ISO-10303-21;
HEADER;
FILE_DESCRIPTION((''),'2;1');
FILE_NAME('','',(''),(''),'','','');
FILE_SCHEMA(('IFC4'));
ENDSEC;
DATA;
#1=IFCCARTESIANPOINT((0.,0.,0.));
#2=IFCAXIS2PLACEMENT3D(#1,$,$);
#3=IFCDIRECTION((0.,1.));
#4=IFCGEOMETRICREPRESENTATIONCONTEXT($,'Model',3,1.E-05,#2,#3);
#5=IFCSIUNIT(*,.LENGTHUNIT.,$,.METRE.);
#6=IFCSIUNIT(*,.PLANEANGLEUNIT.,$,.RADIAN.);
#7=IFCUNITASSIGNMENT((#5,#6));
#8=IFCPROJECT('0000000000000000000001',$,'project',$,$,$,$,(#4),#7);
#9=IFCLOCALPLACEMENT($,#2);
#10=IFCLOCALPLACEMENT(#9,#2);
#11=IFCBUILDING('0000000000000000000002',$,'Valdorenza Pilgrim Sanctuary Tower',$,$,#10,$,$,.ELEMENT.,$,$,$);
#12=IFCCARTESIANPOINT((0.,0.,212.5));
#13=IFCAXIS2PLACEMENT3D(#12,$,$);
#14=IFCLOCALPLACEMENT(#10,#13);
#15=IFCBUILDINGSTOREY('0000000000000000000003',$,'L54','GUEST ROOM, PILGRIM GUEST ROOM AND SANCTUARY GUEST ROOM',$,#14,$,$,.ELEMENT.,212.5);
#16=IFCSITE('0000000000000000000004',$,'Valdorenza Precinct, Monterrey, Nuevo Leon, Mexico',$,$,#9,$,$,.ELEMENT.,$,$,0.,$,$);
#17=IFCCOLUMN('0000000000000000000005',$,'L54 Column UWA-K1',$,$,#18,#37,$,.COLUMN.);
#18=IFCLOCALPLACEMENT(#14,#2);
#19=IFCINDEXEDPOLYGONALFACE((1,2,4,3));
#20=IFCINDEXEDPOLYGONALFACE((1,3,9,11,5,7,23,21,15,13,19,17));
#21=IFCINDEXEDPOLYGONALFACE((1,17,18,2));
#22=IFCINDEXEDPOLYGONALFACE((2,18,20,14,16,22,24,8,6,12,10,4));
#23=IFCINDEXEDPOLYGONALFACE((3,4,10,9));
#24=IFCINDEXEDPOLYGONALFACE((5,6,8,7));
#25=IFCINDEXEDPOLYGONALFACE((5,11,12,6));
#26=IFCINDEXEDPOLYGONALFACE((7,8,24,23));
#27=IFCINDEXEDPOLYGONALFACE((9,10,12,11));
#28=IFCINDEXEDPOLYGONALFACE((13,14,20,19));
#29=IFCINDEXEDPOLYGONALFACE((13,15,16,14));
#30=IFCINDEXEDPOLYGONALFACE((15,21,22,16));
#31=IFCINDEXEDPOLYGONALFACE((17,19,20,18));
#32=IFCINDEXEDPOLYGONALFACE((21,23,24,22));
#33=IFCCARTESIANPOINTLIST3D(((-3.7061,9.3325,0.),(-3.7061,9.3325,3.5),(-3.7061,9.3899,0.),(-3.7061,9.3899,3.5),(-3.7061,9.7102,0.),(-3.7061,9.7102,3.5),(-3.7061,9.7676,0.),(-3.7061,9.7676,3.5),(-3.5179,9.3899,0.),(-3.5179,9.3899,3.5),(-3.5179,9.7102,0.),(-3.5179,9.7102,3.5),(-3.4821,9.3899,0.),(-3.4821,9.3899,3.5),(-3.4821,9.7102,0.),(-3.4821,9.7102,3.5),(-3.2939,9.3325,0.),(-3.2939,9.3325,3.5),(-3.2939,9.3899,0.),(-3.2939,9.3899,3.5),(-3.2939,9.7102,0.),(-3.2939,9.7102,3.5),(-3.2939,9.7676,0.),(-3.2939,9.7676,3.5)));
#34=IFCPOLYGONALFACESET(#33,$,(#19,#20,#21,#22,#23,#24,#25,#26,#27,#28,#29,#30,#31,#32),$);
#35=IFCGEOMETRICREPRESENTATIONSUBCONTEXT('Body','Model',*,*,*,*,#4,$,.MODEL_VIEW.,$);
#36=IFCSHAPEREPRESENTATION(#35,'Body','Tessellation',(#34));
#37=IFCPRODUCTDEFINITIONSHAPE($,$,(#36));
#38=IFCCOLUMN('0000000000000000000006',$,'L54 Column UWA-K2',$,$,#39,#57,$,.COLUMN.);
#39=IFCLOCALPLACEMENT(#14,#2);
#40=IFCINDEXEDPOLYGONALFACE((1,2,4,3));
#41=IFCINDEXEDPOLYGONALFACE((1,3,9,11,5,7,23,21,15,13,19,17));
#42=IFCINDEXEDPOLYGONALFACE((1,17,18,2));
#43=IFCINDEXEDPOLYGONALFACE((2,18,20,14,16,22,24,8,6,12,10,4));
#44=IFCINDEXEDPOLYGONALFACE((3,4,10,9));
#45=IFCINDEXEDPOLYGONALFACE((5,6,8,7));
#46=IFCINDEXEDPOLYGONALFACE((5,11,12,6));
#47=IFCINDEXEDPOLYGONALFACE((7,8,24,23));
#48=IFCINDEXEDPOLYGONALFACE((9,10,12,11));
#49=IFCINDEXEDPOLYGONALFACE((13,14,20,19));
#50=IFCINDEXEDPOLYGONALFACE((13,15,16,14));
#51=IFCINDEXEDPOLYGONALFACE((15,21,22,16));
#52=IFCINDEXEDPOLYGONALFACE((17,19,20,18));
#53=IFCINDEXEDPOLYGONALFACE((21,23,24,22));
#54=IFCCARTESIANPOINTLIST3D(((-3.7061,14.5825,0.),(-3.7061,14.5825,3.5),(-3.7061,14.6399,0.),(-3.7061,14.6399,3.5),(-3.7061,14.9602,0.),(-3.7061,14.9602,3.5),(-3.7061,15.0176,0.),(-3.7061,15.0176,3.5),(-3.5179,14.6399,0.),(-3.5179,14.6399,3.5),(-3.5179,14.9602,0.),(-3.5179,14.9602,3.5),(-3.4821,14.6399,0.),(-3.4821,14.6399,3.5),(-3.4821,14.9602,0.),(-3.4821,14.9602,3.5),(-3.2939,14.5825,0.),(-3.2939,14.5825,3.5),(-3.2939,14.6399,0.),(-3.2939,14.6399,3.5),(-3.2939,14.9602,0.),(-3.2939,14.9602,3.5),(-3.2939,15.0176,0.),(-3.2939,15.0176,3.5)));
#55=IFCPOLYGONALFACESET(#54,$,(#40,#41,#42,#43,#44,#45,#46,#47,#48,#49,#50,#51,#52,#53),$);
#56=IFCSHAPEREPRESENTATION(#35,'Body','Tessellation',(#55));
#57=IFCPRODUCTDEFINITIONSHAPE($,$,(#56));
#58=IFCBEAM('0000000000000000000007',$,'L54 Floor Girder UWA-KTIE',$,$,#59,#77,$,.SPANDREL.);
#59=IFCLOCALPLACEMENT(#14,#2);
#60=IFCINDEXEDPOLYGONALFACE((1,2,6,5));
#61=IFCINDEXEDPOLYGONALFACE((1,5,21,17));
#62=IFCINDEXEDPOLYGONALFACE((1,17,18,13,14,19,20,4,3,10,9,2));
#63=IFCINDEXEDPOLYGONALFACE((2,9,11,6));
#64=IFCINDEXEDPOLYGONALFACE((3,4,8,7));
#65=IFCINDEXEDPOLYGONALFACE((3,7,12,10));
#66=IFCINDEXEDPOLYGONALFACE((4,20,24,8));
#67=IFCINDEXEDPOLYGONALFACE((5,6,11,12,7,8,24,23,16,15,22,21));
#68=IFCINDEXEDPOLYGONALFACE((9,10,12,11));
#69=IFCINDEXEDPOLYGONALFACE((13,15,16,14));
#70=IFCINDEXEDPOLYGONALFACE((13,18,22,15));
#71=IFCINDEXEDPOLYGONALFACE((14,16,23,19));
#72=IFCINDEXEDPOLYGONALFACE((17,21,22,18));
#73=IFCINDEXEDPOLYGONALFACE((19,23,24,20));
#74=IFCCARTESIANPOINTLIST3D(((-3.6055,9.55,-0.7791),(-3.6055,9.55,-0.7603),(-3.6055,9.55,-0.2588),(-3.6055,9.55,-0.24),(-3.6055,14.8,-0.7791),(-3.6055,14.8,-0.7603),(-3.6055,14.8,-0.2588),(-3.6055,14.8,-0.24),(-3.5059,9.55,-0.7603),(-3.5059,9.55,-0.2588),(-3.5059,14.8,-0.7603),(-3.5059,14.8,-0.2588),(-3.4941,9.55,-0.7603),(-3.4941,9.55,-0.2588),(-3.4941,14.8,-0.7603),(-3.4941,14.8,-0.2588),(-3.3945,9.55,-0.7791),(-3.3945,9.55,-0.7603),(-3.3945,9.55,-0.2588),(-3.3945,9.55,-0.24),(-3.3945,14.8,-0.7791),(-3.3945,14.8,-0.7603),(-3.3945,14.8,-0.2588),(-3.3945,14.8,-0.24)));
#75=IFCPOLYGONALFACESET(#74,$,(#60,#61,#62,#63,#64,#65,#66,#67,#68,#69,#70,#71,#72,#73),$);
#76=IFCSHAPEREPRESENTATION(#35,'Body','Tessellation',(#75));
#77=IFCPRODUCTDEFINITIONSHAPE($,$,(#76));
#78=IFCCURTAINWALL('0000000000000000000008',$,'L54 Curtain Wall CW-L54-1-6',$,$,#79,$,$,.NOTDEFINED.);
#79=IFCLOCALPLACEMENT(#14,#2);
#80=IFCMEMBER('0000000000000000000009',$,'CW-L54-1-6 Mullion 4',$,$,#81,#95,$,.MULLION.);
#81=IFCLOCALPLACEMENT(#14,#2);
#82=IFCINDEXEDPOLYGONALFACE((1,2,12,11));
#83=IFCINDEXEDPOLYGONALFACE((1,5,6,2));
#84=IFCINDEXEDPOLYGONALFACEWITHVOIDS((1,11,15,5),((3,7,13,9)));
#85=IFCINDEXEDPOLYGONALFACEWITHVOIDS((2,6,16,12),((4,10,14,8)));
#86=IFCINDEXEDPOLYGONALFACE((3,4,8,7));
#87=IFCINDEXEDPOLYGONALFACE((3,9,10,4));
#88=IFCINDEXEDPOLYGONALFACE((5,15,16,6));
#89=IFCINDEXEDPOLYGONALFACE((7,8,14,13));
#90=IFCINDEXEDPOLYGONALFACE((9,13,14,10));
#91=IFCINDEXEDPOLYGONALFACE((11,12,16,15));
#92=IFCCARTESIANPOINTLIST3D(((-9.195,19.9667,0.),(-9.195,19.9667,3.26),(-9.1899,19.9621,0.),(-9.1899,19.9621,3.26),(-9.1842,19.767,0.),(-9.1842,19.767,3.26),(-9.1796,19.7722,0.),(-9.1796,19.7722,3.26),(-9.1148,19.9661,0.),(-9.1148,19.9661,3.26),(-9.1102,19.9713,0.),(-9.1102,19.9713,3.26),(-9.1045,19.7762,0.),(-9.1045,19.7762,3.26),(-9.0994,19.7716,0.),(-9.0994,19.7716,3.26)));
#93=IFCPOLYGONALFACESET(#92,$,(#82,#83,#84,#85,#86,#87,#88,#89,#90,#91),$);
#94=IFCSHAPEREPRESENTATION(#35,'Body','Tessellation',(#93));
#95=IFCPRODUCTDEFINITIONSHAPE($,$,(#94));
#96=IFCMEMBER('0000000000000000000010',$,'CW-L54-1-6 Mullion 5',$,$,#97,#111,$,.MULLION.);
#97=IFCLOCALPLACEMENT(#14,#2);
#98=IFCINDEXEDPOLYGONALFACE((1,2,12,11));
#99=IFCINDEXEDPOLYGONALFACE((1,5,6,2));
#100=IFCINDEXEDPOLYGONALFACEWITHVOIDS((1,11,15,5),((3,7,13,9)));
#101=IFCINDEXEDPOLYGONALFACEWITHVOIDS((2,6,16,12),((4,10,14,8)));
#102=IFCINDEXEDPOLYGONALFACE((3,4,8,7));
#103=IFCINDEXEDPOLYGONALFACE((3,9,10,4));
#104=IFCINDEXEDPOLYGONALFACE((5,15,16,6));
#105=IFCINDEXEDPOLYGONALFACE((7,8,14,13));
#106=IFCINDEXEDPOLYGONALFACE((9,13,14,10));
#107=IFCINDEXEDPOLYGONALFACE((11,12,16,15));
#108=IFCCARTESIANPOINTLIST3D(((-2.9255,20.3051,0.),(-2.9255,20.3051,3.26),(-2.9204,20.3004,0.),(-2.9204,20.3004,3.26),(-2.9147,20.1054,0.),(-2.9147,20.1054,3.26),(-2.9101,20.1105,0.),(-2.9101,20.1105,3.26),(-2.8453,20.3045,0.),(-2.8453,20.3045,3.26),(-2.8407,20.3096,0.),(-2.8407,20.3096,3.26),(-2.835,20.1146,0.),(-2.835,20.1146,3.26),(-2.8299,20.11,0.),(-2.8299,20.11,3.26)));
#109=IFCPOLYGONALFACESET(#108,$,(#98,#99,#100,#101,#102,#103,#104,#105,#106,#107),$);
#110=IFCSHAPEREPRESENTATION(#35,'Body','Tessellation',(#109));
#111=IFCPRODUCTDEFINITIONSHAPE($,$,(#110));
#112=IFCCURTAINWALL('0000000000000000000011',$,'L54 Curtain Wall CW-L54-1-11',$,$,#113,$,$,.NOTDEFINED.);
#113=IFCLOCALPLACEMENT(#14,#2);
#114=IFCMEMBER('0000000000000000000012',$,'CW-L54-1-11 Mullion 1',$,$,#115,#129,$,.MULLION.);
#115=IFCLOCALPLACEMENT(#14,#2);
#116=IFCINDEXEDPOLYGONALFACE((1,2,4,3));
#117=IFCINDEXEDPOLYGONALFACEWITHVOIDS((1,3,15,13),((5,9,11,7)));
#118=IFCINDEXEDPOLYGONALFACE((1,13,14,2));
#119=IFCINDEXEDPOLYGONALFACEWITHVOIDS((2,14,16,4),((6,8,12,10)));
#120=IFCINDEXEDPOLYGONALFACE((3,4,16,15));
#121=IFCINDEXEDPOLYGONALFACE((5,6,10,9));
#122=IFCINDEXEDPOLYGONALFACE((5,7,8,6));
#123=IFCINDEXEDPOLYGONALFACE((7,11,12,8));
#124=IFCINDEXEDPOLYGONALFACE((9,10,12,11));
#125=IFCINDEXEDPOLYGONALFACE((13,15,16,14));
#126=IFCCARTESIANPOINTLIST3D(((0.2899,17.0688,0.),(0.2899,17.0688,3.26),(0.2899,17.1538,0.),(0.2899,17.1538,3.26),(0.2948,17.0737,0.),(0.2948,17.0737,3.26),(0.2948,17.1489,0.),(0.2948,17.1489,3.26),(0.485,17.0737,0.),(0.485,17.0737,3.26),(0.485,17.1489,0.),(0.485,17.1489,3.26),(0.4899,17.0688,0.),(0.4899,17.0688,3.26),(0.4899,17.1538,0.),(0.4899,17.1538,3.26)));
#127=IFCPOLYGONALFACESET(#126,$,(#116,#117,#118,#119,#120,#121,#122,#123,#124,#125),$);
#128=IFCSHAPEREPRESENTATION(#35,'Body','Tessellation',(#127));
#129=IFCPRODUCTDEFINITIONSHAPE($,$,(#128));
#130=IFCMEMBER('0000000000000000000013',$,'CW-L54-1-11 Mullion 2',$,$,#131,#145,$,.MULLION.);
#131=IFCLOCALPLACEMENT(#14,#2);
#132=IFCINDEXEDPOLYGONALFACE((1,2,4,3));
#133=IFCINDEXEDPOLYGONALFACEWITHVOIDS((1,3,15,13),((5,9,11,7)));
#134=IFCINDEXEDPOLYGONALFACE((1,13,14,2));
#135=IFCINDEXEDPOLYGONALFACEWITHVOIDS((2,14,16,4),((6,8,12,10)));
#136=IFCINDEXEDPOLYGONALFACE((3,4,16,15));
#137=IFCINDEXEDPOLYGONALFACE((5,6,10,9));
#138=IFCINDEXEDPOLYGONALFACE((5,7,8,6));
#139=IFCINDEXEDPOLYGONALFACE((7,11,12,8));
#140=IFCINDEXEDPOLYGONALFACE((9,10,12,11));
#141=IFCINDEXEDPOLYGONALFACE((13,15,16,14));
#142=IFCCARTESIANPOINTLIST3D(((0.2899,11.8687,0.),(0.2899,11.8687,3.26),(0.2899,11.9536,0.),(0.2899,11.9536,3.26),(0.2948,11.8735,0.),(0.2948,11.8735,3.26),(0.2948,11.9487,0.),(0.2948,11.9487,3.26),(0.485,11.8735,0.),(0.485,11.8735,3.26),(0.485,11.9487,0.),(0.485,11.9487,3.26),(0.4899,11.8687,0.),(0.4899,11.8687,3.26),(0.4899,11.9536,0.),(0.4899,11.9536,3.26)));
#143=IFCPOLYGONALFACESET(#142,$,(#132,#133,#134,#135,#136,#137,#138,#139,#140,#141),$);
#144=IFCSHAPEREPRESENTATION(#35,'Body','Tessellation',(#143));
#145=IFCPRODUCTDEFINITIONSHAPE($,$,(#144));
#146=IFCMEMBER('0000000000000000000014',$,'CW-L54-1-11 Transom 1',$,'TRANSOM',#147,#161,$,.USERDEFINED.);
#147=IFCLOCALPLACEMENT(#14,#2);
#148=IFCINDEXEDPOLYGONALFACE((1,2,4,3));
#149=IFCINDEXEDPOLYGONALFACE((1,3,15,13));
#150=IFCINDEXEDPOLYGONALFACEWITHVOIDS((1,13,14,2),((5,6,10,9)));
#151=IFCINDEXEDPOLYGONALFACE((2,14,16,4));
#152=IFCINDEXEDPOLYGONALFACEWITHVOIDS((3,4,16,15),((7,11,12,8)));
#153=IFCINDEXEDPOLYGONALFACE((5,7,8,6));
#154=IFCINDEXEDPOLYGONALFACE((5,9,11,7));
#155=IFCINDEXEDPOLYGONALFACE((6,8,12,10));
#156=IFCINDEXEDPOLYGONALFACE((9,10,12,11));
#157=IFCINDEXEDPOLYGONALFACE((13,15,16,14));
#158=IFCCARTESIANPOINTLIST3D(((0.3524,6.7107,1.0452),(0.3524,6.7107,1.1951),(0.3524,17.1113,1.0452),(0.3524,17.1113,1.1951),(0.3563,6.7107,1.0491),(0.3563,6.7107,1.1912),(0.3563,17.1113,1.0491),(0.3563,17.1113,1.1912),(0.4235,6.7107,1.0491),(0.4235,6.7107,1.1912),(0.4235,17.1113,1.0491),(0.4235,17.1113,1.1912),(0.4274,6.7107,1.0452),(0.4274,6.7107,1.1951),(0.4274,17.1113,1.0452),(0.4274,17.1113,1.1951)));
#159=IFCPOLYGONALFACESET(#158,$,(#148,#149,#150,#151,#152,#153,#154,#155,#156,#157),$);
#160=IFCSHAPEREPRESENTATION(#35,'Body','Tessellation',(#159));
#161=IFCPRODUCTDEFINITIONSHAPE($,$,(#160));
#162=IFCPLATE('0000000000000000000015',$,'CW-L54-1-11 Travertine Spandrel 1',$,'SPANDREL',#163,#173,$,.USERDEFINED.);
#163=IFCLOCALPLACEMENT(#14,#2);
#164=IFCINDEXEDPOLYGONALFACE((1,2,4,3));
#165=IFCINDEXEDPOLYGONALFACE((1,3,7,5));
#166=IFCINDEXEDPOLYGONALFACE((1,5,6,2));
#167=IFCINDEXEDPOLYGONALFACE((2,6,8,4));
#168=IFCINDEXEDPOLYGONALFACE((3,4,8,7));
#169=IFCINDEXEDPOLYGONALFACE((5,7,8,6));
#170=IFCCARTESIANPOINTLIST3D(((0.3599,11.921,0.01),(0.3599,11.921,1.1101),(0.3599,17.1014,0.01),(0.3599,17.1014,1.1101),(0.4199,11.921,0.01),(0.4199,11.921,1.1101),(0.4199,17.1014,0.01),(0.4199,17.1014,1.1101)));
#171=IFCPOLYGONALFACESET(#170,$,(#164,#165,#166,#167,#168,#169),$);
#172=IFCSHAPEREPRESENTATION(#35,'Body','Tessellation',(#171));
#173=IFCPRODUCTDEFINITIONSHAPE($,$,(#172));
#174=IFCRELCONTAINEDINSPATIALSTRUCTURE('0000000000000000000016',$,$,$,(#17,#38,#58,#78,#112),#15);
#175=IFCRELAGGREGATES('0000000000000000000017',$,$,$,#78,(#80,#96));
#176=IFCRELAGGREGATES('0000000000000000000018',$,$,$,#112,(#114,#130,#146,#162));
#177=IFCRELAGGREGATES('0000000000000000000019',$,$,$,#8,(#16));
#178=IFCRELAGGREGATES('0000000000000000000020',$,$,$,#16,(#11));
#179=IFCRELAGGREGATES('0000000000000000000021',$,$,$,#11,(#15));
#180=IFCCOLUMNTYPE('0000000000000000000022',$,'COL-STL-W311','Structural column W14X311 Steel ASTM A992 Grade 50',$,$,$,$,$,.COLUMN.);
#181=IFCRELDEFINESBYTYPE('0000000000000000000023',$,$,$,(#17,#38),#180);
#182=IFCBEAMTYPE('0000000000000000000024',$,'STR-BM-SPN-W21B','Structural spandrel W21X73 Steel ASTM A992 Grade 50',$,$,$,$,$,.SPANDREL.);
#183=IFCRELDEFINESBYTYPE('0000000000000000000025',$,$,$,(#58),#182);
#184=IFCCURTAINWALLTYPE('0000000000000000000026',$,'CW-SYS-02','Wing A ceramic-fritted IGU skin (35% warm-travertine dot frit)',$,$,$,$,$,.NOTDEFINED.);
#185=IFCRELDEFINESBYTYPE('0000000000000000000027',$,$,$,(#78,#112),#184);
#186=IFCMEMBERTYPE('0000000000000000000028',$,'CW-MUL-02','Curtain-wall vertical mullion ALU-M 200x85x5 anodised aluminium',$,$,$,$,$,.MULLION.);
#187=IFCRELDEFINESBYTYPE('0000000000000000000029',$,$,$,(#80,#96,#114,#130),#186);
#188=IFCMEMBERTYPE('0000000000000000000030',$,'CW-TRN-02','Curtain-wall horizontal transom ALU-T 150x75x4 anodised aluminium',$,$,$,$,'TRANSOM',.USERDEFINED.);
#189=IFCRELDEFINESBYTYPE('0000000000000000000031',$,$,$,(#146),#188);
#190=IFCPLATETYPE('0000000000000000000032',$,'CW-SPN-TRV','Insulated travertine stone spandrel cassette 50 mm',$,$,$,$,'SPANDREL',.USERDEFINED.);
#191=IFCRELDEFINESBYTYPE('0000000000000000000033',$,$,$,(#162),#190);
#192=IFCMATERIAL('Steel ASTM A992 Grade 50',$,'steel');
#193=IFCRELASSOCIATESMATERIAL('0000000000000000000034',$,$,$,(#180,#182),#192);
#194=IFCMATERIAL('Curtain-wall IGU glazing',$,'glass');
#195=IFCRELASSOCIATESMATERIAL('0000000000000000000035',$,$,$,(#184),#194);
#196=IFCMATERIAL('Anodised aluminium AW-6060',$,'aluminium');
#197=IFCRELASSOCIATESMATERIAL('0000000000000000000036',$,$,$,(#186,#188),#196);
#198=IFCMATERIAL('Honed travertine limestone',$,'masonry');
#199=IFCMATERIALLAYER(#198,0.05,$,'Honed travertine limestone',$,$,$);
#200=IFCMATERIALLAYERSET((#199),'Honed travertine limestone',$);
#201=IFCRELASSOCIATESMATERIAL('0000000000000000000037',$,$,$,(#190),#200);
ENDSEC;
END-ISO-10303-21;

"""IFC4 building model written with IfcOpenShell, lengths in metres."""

from ifc_helpers import new_model, si_unit, direction, frame, origin, origin_2d, place, context, subcontext, project, spatial, rectangle, hollow_rectangle, i_section, extrude, source, transform, mapped, material, layer, layer_set, material_profile, profile_set, type_object, element, aggregate, save


model = new_model("IFC4")

# Units and contexts
model_context = context("Model", 3, precision=1e-05, world=origin(), true_north=direction((0.0, 1.0)))
body_context = subcontext(model_context, "Body", "Model", "MODEL_VIEW")
ifc_project = project(units=[si_unit("LENGTHUNIT", "METRE"), si_unit("PLANEANGLEUNIT", "RADIAN")], contexts=[model_context])

# Site, building, storey
site_placement = place(None, origin())
site = spatial("IfcSite", under=ifc_project, at=site_placement, Name="Valdorenza Precinct, Monterrey, Nuevo Leon, Mexico", CompositionType="ELEMENT", RefElevation=0.0)
building_placement = place(site_placement, origin())
building = spatial("IfcBuilding", under=site, at=building_placement, Name="Valdorenza Pilgrim Sanctuary Tower", CompositionType="ELEMENT")
storey_placement = place(building_placement, frame((0.0, 0.0, 212.5)))
storey = spatial("IfcBuildingStorey", under=building, at=storey_placement, Name="L54", Description="GUEST ROOM, PILGRIM GUEST ROOM AND SANCTUARY GUEST ROOM", CompositionType="ELEMENT", Elevation=212.5)

# Columns
ifc_material_1 = material(Name="Steel ASTM A992 Grade 50", Category="steel")
ifc_material_profile_1 = material_profile(ifc_material_1, i_section(OverallWidth=0.4121, OverallDepth=0.4351, WebThickness=0.0359, FlangeThickness=0.0574, at=origin_2d()), Name="W14X311")
ifc_profile_set_1 = profile_set([ifc_material_profile_1], Name="Steel ASTM A992 Grade 50")
column_type = type_object("IfcColumnType", Name="COL-STL-W311", Description="Structural column W14X311 Steel ASTM A992 Grade 50", PredefinedType="COLUMN", material=ifc_profile_set_1)
shared_shape_1 = source(origin(), body_context, "Body", "SweptSolid", [
    extrude(i_section(OverallWidth=0.4121, OverallDepth=0.4351, WebThickness=0.0359, FlangeThickness=0.0574, at=origin_2d()), origin(), (0.0, 0.0, 1.0), 3.5),
])
for number, where, z_axis, x_axis, name in (
    (1, (-3.5, 9.55, 0.0), (0.0, 0.0, 1.0), (1.0, 0.0, 0.0), "L54 Column UWA-K1"),
    (2, (-3.5, 14.8, 0.0), (0.0, 0.0, 1.0), (1.0, 0.0, 0.0), "L54 Column UWA-K2"),
):
    element("IfcColumn", number, at=place(storey_placement, frame(where, z_axis=z_axis, x_axis=x_axis)), inside=storey, type_object=column_type, Name=name, PredefinedType="COLUMN", context=body_context, shape_type="MappedRepresentation", body=[
        mapped(shared_shape_1, transform((0.0, 0.0, 0.0), x_axis=(1.0, 0.0, 0.0), y_axis=(0.0, 1.0, 0.0), z_axis=(0.0, 0.0, 1.0), scale=1.0)),
    ])

# Beam
ifc_material_profile_2 = material_profile(ifc_material_1, i_section(OverallWidth=0.2109, OverallDepth=0.5391, WebThickness=0.0117, FlangeThickness=0.0188, at=origin_2d()), Name="W21X73")
ifc_profile_set_2 = profile_set([ifc_material_profile_2], Name="Steel ASTM A992 Grade 50")
beam_type = type_object("IfcBeamType", Name="STR-BM-SPN-W21B", Description="Structural spandrel W21X73 Steel ASTM A992 Grade 50", PredefinedType="SPANDREL", material=ifc_profile_set_2)
shared_shape_2 = source(origin(), body_context, "Body", "SweptSolid", [
    extrude(i_section(OverallWidth=0.2109, OverallDepth=0.5391, WebThickness=0.0117, FlangeThickness=0.0188, at=origin_2d()), origin(), (0.0, 0.0, 1.0), 5.25),
])
beam_placement = place(storey_placement, frame((-3.5, 9.55, -0.5095), z_axis=(0.0, 1.0, 0.0), x_axis=(-1.0, 0.0, 0.0)))
element("IfcBeam", 3, at=beam_placement, inside=storey, type_object=beam_type, Name="L54 Floor Girder UWA-KTIE", PredefinedType="SPANDREL", context=body_context, shape_type="MappedRepresentation", body=[
    mapped(shared_shape_2, transform((0.0, 0.0, 0.0), x_axis=(1.0, 0.0, 0.0), y_axis=(0.0, 1.0, 0.0), z_axis=(0.0, 0.0, 1.0), scale=1.0)),
])

# Curtain wall, members
ifc_material_2 = material(Name="Curtain-wall IGU glazing", Category="glass")
curtain_wall_type = type_object("IfcCurtainWallType", Name="CW-SYS-02", Description="Wing A ceramic-fritted IGU skin (35% warm-travertine dot frit)", PredefinedType="NOTDEFINED", material=ifc_material_2)
curtain_wall_1_placement = place(storey_placement, origin())
curtain_wall_1 = element("IfcCurtainWall", 4, at=curtain_wall_1_placement, inside=storey, type_object=curtain_wall_type, Name="L54 Curtain Wall CW-L54-1-6", PredefinedType="NOTDEFINED")
ifc_material_3 = material(Name="Anodised aluminium AW-6060", Category="aluminium")
ifc_material_profile_3 = material_profile(ifc_material_3, hollow_rectangle(XDim=0.085, YDim=0.2, WallThickness=0.0049, at=origin_2d()), Name="ALU-M 200x85x5")
ifc_profile_set_3 = profile_set([ifc_material_profile_3], Name="Anodised aluminium AW-6060")
member_type_1 = type_object("IfcMemberType", Name="CW-MUL-02", Description="Curtain-wall vertical mullion ALU-M 200x85x5 anodised aluminium", PredefinedType="MULLION", material=ifc_profile_set_3)
shared_shape_3 = source(origin(), body_context, "Body", "SweptSolid", [
    extrude(hollow_rectangle(XDim=0.085, YDim=0.2, WallThickness=0.0049, at=origin_2d()), origin(), (0.0, 0.0, 1.0), 3.26),
])
member_1_placement = place(storey_placement, frame((-9.1472, 19.8691, 0.0), z_axis=(0.0, 0.0, 1.0), x_axis=(0.998547, 0.053887, 0.0)))
member_1 = element("IfcMember", 5, at=member_1_placement, type_object=member_type_1, Name="CW-L54-1-6 Mullion 4", PredefinedType="MULLION", context=body_context, shape_type="MappedRepresentation", body=[
    mapped(shared_shape_3, transform((0.0, 0.0, 0.0), x_axis=(1.0, 0.0, 0.0), y_axis=(0.0, 1.0, 0.0), z_axis=(0.0, 0.0, 1.0), scale=1.0)),
])
member_2_placement = place(storey_placement, frame((-2.8777, 20.2075, 0.0), z_axis=(0.0, 0.0, 1.0), x_axis=(0.998547, 0.053887, 0.0)))
member_2 = element("IfcMember", 6, at=member_2_placement, type_object=member_type_1, Name="CW-L54-1-6 Mullion 5", PredefinedType="MULLION", context=body_context, shape_type="MappedRepresentation", body=[
    mapped(shared_shape_3, transform((0.0, 0.0, 0.0), x_axis=(1.0, 0.0, 0.0), y_axis=(0.0, 1.0, 0.0), z_axis=(0.0, 0.0, 1.0), scale=1.0)),
])

# Curtain wall, members, plate
curtain_wall_2_placement = place(storey_placement, origin())
curtain_wall_2 = element("IfcCurtainWall", 7, at=curtain_wall_2_placement, inside=storey, type_object=curtain_wall_type, Name="L54 Curtain Wall CW-L54-1-11", PredefinedType="NOTDEFINED")
member_3_placement = place(storey_placement, frame((0.3899, 17.1113, 0.0), z_axis=(0.0, 0.0, 1.0), x_axis=(0.0, -1.0, 0.0)))
member_3 = element("IfcMember", 8, at=member_3_placement, type_object=member_type_1, Name="CW-L54-1-11 Mullion 1", PredefinedType="MULLION", context=body_context, shape_type="MappedRepresentation", body=[
    mapped(shared_shape_3, transform((0.0, 0.0, 0.0), x_axis=(1.0, 0.0, 0.0), y_axis=(0.0, 1.0, 0.0), z_axis=(0.0, 0.0, 1.0), scale=1.0)),
])
member_4_placement = place(storey_placement, frame((0.3899, 11.9111, 0.0), z_axis=(0.0, 0.0, 1.0), x_axis=(0.0, -1.0, 0.0)))
member_4 = element("IfcMember", 9, at=member_4_placement, type_object=member_type_1, Name="CW-L54-1-11 Mullion 2", PredefinedType="MULLION", context=body_context, shape_type="MappedRepresentation", body=[
    mapped(shared_shape_3, transform((0.0, 0.0, 0.0), x_axis=(1.0, 0.0, 0.0), y_axis=(0.0, 1.0, 0.0), z_axis=(0.0, 0.0, 1.0), scale=1.0)),
])
ifc_material_profile_4 = material_profile(ifc_material_3, hollow_rectangle(XDim=0.075, YDim=0.1499, WallThickness=0.0039, at=origin_2d()), Name="ALU-T 150x75x4")
ifc_profile_set_4 = profile_set([ifc_material_profile_4], Name="Anodised aluminium AW-6060")
member_type_2 = type_object("IfcMemberType", Name="CW-TRN-02", Description="Curtain-wall horizontal transom ALU-T 150x75x4 anodised aluminium", ElementType="TRANSOM", PredefinedType="USERDEFINED", material=ifc_profile_set_4)
shared_shape_4 = source(origin(), body_context, "Body", "SweptSolid", [
    extrude(hollow_rectangle(XDim=0.075, YDim=0.1499, WallThickness=0.0039, at=origin_2d()), origin(), (0.0, 0.0, 1.0), 10.4006),
])
member_5_placement = place(storey_placement, frame((0.3899, 17.1113, 1.1201), z_axis=(0.0, -1.0, 0.0), x_axis=(1.0, 0.0, 0.0)))
member_5 = element("IfcMember", 10, at=member_5_placement, type_object=member_type_2, Name="CW-L54-1-11 Transom 1", ObjectType="TRANSOM", PredefinedType="USERDEFINED", context=body_context, shape_type="MappedRepresentation", body=[
    mapped(shared_shape_4, transform((0.0, 0.0, 0.0), x_axis=(1.0, 0.0, 0.0), y_axis=(0.0, 1.0, 0.0), z_axis=(0.0, 0.0, 1.0), scale=1.0)),
])
ifc_material_4 = material(Name="Honed travertine limestone", Category="masonry")
ifc_layer_1 = layer(ifc_material_4, 0.05, Name="Honed travertine limestone")
ifc_layer_set_1 = layer_set([ifc_layer_1], Name="Honed travertine limestone")
plate_type_1 = type_object("IfcPlateType", Name="CW-SPN-TRV", Description="Insulated travertine stone spandrel cassette 50 mm", ElementType="SPANDREL", PredefinedType="USERDEFINED", material=ifc_layer_set_1)
shared_shape_5 = source(origin(), body_context, "Body", "SweptSolid", [
    extrude(rectangle(XDim=5.1804, YDim=0.0601, at=origin_2d()), origin(), (0.0, 0.0, 1.0), 1.1001),
])
plate_1_placement = place(storey_placement, frame((0.3899, 14.5112, 0.01), z_axis=(0.0, 0.0, 1.0), x_axis=(0.0, -1.0, 0.0)))
plate_1 = element("IfcPlate", 11, at=plate_1_placement, type_object=plate_type_1, Name="CW-L54-1-11 Travertine Spandrel 1", ObjectType="SPANDREL", PredefinedType="USERDEFINED", context=body_context, shape_type="MappedRepresentation", body=[
    mapped(shared_shape_5, transform((0.0, 0.0, 0.0), x_axis=(1.0, 0.0, 0.0), y_axis=(0.0, 1.0, 0.0), z_axis=(0.0, 0.0, 1.0), scale=1.0)),
])

aggregate(curtain_wall_1, [member_1, member_2])
aggregate(curtain_wall_2, [member_3, member_4, member_5, plate_1])

save(model, "model.ifc")
